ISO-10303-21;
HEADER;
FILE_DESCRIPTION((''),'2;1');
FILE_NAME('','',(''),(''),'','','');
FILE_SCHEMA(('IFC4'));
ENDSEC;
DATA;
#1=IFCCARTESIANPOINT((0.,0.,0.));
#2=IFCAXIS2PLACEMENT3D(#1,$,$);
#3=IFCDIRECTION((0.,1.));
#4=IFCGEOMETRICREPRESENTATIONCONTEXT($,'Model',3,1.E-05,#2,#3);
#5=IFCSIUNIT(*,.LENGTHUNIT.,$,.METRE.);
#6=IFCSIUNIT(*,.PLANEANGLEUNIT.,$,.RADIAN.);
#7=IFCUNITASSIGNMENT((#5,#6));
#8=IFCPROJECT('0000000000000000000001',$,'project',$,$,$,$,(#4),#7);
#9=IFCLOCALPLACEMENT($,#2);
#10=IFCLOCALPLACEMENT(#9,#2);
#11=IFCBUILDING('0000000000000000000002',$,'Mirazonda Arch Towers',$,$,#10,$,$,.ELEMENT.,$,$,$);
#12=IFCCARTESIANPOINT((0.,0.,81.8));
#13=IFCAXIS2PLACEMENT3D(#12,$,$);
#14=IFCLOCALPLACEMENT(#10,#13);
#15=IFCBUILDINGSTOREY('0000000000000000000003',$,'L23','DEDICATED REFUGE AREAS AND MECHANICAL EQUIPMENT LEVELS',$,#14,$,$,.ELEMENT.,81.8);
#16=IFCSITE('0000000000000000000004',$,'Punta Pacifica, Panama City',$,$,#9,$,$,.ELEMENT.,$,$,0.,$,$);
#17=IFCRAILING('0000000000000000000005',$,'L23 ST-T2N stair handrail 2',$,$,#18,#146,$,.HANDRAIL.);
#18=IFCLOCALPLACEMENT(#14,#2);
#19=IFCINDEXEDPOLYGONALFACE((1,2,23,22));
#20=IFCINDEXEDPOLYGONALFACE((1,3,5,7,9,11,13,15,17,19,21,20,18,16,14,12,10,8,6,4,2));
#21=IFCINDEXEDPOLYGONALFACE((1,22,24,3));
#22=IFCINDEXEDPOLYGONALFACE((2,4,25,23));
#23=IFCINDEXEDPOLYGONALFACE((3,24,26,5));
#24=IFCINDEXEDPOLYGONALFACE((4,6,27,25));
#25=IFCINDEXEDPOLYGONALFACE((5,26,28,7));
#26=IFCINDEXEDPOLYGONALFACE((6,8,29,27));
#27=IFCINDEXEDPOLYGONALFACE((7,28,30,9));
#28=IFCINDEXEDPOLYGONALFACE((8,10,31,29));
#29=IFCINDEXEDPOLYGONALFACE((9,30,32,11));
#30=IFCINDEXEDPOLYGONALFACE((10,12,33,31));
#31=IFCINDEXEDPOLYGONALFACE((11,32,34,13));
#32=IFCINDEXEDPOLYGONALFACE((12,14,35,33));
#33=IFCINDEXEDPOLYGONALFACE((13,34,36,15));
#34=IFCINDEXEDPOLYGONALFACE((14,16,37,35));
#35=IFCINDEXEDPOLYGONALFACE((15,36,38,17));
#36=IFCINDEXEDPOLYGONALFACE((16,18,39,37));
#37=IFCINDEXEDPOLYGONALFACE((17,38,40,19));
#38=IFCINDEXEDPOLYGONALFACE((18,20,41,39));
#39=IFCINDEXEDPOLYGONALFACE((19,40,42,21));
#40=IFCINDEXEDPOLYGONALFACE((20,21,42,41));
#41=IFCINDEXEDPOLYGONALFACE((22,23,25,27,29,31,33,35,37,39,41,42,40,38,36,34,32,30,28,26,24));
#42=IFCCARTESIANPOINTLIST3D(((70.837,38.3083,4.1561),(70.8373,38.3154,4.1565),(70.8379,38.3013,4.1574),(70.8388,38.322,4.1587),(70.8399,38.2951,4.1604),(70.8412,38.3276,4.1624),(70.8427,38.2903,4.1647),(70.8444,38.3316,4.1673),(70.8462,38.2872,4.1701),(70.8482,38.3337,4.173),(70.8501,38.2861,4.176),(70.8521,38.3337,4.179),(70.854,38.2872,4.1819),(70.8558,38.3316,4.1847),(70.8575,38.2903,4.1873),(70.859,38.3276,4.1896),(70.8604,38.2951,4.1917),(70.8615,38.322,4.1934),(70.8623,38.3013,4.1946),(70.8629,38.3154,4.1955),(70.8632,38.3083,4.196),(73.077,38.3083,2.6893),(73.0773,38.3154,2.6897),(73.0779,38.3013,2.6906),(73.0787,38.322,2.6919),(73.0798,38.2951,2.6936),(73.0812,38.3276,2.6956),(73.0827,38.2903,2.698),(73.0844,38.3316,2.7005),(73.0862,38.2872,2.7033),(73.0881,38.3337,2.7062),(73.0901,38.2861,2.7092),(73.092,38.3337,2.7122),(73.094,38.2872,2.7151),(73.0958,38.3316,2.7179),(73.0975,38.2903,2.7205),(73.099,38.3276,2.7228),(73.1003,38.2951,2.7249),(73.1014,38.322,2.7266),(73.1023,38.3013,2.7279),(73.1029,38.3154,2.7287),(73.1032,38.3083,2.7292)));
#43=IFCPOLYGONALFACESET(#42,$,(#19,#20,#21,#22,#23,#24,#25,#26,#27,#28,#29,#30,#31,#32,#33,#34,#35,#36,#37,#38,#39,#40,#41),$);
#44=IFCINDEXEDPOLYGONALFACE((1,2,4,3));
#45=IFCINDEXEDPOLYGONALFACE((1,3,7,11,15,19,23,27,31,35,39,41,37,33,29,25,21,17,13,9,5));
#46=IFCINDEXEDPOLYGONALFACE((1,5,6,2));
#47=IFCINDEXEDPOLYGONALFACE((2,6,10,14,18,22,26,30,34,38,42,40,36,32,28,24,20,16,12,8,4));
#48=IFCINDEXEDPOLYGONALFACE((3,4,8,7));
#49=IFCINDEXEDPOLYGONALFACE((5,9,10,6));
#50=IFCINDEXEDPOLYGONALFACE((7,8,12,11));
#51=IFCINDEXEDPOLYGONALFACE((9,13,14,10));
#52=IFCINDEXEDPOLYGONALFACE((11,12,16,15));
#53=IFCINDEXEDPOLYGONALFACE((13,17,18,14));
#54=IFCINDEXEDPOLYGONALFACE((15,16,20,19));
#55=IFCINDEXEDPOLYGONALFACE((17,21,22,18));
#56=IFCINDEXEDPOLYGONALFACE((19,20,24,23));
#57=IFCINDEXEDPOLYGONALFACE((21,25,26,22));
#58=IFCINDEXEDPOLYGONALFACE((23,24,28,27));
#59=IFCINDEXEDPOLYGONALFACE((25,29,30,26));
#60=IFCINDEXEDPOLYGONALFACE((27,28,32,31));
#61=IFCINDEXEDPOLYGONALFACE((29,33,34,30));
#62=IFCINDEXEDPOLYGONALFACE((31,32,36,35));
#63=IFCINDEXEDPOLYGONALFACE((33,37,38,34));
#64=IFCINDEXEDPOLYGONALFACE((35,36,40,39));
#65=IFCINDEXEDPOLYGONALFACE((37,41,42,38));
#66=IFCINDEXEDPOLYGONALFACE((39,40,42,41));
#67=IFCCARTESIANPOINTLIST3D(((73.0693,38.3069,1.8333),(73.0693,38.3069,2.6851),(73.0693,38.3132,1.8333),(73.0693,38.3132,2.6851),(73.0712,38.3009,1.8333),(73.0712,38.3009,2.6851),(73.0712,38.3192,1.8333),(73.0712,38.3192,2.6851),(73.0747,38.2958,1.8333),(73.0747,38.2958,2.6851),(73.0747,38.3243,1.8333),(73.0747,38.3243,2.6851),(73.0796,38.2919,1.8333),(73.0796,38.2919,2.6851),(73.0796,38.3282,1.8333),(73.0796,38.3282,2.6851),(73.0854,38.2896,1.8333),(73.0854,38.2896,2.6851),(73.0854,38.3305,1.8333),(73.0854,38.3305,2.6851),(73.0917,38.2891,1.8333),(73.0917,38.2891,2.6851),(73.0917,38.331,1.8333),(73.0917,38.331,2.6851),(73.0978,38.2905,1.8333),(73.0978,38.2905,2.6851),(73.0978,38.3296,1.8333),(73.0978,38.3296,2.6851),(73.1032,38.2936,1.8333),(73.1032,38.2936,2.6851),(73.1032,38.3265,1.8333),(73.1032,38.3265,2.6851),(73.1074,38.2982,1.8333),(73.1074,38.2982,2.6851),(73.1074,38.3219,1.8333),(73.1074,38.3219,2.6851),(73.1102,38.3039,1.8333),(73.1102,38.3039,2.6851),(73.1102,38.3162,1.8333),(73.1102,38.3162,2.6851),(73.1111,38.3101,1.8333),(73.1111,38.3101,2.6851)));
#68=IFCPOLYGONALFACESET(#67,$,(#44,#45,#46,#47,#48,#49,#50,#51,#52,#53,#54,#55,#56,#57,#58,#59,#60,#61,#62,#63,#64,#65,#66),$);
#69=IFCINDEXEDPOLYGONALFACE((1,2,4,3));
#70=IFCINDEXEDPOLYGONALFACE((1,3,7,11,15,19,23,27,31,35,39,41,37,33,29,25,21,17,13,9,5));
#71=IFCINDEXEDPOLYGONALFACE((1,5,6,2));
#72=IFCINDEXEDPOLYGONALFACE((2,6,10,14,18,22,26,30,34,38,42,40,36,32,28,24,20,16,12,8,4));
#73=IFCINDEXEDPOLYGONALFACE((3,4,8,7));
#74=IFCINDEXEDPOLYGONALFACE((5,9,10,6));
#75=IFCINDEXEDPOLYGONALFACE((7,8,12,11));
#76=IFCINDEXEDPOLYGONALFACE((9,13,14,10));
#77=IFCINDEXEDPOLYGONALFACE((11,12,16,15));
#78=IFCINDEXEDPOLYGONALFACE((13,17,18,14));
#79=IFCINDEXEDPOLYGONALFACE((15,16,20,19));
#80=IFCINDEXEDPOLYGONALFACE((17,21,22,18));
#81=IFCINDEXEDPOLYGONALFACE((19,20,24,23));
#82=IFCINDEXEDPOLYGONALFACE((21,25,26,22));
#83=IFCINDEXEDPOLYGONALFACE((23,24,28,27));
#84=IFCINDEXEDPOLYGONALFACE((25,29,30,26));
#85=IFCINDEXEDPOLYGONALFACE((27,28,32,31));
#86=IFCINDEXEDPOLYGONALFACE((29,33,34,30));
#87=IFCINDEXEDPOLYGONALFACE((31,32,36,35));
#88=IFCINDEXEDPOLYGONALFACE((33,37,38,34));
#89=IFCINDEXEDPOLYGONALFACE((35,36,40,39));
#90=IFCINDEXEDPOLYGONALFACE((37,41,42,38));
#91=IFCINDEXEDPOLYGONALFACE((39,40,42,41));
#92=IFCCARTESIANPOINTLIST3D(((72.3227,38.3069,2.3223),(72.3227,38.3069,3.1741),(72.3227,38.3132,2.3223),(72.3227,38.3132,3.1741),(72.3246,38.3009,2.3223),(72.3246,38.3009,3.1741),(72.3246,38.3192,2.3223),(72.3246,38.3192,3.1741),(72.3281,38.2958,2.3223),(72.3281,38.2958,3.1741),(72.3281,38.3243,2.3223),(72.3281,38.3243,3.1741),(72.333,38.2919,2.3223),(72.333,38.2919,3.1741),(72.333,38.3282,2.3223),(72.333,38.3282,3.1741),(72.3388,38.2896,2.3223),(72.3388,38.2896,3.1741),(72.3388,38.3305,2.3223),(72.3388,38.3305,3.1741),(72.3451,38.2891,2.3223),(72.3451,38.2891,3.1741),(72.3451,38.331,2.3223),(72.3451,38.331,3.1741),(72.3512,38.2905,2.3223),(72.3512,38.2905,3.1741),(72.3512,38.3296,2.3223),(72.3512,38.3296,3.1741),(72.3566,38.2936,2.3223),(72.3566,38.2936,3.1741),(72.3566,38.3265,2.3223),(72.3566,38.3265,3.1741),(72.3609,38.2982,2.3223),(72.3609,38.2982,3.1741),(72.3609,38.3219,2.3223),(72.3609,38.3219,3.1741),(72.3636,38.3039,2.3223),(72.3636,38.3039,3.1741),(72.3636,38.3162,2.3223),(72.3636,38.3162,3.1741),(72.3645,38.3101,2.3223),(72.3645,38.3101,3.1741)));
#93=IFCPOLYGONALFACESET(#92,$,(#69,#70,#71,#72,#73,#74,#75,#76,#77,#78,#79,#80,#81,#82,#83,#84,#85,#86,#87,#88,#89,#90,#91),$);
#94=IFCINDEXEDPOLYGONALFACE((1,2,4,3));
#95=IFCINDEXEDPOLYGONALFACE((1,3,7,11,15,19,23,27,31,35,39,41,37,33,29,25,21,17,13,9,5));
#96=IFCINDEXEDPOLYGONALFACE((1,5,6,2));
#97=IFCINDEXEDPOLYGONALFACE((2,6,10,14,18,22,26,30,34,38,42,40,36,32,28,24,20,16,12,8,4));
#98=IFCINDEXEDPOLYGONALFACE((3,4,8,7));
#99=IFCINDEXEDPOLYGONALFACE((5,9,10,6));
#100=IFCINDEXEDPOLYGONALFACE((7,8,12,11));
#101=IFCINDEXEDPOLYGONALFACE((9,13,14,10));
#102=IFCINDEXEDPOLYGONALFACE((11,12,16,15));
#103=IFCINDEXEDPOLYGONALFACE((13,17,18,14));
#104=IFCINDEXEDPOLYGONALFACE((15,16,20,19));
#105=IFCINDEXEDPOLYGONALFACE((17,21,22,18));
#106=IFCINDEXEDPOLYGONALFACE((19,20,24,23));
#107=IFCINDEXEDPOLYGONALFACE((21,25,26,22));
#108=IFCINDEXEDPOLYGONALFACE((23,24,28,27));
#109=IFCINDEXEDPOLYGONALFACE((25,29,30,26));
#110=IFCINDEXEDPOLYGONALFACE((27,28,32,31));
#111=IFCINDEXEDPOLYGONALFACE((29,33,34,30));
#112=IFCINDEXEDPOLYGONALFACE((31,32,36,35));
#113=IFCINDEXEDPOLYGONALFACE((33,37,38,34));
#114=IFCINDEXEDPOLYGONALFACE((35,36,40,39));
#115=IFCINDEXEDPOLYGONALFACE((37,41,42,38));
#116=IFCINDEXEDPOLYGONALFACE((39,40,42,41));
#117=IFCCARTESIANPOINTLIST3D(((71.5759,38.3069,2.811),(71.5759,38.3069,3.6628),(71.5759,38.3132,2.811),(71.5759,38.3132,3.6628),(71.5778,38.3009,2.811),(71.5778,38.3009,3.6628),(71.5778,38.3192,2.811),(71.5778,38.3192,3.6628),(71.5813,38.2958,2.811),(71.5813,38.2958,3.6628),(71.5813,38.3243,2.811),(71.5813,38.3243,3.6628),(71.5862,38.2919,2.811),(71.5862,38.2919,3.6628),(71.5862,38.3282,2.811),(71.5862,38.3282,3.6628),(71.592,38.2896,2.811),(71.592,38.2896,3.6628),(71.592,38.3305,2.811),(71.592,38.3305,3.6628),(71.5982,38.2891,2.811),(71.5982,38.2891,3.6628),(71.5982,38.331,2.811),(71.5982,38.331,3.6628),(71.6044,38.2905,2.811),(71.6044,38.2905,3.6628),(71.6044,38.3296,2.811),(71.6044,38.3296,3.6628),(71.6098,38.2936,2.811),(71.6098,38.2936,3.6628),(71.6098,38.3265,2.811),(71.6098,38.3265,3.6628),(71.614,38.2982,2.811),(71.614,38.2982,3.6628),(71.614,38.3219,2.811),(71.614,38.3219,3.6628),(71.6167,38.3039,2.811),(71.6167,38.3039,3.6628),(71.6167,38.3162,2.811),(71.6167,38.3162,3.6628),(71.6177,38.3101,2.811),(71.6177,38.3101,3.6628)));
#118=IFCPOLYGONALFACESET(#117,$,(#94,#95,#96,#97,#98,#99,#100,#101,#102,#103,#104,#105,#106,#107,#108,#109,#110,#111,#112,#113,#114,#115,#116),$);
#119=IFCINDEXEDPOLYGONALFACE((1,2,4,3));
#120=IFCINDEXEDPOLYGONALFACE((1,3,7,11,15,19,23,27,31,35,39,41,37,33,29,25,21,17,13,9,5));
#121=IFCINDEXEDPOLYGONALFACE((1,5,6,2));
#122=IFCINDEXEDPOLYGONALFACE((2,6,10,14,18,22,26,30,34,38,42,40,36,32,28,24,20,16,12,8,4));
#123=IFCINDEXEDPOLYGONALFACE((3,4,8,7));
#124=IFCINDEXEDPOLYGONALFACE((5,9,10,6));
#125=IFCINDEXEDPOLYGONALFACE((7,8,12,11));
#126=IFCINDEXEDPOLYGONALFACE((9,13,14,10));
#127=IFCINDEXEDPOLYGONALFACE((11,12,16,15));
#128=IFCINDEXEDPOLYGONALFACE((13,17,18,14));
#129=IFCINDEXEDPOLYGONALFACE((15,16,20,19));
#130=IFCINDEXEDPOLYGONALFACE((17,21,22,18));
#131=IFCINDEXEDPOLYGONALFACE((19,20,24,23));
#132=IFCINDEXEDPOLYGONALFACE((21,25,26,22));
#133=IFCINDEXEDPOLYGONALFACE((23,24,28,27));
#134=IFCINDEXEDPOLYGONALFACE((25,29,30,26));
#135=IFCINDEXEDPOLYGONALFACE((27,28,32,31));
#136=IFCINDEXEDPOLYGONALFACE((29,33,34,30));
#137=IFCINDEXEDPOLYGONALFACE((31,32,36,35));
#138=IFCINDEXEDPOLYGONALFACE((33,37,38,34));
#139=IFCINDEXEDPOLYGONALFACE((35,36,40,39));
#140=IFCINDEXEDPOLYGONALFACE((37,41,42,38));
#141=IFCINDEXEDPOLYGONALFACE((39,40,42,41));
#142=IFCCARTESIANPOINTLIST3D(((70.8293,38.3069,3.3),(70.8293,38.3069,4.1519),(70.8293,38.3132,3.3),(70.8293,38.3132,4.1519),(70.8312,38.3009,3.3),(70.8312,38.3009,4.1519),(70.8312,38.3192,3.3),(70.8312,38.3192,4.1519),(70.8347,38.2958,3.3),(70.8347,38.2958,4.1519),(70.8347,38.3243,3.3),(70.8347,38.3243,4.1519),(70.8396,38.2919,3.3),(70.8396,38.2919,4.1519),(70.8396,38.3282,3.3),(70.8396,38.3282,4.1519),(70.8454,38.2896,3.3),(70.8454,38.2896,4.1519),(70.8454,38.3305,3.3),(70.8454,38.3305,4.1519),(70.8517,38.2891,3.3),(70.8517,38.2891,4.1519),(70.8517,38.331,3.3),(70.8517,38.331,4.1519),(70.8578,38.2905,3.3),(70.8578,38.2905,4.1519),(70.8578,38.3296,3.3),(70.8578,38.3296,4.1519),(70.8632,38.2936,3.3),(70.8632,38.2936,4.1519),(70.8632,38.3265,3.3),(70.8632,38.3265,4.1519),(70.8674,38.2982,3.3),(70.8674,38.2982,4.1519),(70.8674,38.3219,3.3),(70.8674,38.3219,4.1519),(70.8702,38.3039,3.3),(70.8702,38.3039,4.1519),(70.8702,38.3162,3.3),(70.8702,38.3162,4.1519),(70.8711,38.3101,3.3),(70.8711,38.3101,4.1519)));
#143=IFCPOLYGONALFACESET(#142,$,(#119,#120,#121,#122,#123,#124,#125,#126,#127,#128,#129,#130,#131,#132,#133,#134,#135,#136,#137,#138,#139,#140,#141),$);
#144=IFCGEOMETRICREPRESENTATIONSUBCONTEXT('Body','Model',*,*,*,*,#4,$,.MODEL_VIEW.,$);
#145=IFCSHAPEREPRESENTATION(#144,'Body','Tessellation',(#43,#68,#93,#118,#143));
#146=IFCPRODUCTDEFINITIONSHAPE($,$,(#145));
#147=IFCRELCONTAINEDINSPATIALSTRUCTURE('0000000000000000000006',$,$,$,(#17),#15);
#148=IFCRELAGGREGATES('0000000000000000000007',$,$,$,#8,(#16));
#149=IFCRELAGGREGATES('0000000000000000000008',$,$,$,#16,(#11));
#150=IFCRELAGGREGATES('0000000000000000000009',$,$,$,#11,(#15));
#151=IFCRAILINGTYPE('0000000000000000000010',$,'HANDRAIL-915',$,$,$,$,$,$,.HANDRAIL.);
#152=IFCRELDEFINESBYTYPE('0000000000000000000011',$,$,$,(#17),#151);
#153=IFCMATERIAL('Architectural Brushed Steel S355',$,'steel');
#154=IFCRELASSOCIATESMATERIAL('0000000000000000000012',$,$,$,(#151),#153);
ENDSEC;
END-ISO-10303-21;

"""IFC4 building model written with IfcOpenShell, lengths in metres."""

from ifc_helpers import new_model, si_unit, direction, frame, origin, origin_2d, place, context, subcontext, project, spatial, circle, extrude, material, type_object, element, save


model = new_model("IFC4")

# Units and contexts
model_context = context("Model", 3, precision=1e-05, world=origin(), true_north=direction((0.0, 1.0)))
body_context = subcontext(model_context, "Body", "Model", "MODEL_VIEW")
ifc_project = project(units=[si_unit("LENGTHUNIT", "METRE"), si_unit("PLANEANGLEUNIT", "RADIAN")], contexts=[model_context])

# Site, building, storey
site_placement = place(None, origin())
site = spatial("IfcSite", under=ifc_project, at=site_placement, Name="Punta Pacifica, Panama City", CompositionType="ELEMENT", RefElevation=0.0)
building_placement = place(site_placement, origin())
building = spatial("IfcBuilding", under=site, at=building_placement, Name="Mirazonda Arch Towers", CompositionType="ELEMENT")
storey_placement = place(building_placement, frame((0.0, 0.0, 81.8)))
storey = spatial("IfcBuildingStorey", under=building, at=storey_placement, Name="L23", Description="DEDICATED REFUGE AREAS AND MECHANICAL EQUIPMENT LEVELS", CompositionType="ELEMENT", Elevation=81.8)

# Shared definitions
ifc_material_1 = material(Name="Architectural Brushed Steel S355", Category="steel")

# Railing
railing_type_1 = type_object("IfcRailingType", Name="HANDRAIL-915", PredefinedType="HANDRAIL", material=ifc_material_1)
railing_1_placement = place(storey_placement, frame((73.0901, 38.3101, 1.8333)))
element("IfcRailing", 1, at=railing_1_placement, inside=storey, type_object=railing_type_1, Name="L23 ST-T2N stair handrail 2", PredefinedType="HANDRAIL", context=body_context, shape_type="SweptSolid", body=[
    extrude(circle(Radius=0.0239, at=origin_2d()), frame((0.0, 0.0, 0.876), z_axis=(-0.836595, 0.0, 0.547822), x_axis=(0.0, -1.0, 0.0)), (0.0, 0.0, 1.0), 2.6775),
    extrude(circle(Radius=0.021, at=origin_2d()), origin(), (0.0, 0.0, 1.0), 0.8518),
    extrude(circle(Radius=0.021, at=origin_2d()), frame((-0.7466, 0.0, 0.489)), (0.0, 0.0, 1.0), 0.8518),
    extrude(circle(Radius=0.021, at=origin_2d()), frame((-1.4934, 0.0, 0.9778)), (0.0, 0.0, 1.0), 0.8518),
    extrude(circle(Radius=0.021, at=origin_2d()), frame((-2.24, 0.0, 1.4668)), (0.0, 0.0, 1.0), 0.8518),
])

save(model, "model.ifc")
